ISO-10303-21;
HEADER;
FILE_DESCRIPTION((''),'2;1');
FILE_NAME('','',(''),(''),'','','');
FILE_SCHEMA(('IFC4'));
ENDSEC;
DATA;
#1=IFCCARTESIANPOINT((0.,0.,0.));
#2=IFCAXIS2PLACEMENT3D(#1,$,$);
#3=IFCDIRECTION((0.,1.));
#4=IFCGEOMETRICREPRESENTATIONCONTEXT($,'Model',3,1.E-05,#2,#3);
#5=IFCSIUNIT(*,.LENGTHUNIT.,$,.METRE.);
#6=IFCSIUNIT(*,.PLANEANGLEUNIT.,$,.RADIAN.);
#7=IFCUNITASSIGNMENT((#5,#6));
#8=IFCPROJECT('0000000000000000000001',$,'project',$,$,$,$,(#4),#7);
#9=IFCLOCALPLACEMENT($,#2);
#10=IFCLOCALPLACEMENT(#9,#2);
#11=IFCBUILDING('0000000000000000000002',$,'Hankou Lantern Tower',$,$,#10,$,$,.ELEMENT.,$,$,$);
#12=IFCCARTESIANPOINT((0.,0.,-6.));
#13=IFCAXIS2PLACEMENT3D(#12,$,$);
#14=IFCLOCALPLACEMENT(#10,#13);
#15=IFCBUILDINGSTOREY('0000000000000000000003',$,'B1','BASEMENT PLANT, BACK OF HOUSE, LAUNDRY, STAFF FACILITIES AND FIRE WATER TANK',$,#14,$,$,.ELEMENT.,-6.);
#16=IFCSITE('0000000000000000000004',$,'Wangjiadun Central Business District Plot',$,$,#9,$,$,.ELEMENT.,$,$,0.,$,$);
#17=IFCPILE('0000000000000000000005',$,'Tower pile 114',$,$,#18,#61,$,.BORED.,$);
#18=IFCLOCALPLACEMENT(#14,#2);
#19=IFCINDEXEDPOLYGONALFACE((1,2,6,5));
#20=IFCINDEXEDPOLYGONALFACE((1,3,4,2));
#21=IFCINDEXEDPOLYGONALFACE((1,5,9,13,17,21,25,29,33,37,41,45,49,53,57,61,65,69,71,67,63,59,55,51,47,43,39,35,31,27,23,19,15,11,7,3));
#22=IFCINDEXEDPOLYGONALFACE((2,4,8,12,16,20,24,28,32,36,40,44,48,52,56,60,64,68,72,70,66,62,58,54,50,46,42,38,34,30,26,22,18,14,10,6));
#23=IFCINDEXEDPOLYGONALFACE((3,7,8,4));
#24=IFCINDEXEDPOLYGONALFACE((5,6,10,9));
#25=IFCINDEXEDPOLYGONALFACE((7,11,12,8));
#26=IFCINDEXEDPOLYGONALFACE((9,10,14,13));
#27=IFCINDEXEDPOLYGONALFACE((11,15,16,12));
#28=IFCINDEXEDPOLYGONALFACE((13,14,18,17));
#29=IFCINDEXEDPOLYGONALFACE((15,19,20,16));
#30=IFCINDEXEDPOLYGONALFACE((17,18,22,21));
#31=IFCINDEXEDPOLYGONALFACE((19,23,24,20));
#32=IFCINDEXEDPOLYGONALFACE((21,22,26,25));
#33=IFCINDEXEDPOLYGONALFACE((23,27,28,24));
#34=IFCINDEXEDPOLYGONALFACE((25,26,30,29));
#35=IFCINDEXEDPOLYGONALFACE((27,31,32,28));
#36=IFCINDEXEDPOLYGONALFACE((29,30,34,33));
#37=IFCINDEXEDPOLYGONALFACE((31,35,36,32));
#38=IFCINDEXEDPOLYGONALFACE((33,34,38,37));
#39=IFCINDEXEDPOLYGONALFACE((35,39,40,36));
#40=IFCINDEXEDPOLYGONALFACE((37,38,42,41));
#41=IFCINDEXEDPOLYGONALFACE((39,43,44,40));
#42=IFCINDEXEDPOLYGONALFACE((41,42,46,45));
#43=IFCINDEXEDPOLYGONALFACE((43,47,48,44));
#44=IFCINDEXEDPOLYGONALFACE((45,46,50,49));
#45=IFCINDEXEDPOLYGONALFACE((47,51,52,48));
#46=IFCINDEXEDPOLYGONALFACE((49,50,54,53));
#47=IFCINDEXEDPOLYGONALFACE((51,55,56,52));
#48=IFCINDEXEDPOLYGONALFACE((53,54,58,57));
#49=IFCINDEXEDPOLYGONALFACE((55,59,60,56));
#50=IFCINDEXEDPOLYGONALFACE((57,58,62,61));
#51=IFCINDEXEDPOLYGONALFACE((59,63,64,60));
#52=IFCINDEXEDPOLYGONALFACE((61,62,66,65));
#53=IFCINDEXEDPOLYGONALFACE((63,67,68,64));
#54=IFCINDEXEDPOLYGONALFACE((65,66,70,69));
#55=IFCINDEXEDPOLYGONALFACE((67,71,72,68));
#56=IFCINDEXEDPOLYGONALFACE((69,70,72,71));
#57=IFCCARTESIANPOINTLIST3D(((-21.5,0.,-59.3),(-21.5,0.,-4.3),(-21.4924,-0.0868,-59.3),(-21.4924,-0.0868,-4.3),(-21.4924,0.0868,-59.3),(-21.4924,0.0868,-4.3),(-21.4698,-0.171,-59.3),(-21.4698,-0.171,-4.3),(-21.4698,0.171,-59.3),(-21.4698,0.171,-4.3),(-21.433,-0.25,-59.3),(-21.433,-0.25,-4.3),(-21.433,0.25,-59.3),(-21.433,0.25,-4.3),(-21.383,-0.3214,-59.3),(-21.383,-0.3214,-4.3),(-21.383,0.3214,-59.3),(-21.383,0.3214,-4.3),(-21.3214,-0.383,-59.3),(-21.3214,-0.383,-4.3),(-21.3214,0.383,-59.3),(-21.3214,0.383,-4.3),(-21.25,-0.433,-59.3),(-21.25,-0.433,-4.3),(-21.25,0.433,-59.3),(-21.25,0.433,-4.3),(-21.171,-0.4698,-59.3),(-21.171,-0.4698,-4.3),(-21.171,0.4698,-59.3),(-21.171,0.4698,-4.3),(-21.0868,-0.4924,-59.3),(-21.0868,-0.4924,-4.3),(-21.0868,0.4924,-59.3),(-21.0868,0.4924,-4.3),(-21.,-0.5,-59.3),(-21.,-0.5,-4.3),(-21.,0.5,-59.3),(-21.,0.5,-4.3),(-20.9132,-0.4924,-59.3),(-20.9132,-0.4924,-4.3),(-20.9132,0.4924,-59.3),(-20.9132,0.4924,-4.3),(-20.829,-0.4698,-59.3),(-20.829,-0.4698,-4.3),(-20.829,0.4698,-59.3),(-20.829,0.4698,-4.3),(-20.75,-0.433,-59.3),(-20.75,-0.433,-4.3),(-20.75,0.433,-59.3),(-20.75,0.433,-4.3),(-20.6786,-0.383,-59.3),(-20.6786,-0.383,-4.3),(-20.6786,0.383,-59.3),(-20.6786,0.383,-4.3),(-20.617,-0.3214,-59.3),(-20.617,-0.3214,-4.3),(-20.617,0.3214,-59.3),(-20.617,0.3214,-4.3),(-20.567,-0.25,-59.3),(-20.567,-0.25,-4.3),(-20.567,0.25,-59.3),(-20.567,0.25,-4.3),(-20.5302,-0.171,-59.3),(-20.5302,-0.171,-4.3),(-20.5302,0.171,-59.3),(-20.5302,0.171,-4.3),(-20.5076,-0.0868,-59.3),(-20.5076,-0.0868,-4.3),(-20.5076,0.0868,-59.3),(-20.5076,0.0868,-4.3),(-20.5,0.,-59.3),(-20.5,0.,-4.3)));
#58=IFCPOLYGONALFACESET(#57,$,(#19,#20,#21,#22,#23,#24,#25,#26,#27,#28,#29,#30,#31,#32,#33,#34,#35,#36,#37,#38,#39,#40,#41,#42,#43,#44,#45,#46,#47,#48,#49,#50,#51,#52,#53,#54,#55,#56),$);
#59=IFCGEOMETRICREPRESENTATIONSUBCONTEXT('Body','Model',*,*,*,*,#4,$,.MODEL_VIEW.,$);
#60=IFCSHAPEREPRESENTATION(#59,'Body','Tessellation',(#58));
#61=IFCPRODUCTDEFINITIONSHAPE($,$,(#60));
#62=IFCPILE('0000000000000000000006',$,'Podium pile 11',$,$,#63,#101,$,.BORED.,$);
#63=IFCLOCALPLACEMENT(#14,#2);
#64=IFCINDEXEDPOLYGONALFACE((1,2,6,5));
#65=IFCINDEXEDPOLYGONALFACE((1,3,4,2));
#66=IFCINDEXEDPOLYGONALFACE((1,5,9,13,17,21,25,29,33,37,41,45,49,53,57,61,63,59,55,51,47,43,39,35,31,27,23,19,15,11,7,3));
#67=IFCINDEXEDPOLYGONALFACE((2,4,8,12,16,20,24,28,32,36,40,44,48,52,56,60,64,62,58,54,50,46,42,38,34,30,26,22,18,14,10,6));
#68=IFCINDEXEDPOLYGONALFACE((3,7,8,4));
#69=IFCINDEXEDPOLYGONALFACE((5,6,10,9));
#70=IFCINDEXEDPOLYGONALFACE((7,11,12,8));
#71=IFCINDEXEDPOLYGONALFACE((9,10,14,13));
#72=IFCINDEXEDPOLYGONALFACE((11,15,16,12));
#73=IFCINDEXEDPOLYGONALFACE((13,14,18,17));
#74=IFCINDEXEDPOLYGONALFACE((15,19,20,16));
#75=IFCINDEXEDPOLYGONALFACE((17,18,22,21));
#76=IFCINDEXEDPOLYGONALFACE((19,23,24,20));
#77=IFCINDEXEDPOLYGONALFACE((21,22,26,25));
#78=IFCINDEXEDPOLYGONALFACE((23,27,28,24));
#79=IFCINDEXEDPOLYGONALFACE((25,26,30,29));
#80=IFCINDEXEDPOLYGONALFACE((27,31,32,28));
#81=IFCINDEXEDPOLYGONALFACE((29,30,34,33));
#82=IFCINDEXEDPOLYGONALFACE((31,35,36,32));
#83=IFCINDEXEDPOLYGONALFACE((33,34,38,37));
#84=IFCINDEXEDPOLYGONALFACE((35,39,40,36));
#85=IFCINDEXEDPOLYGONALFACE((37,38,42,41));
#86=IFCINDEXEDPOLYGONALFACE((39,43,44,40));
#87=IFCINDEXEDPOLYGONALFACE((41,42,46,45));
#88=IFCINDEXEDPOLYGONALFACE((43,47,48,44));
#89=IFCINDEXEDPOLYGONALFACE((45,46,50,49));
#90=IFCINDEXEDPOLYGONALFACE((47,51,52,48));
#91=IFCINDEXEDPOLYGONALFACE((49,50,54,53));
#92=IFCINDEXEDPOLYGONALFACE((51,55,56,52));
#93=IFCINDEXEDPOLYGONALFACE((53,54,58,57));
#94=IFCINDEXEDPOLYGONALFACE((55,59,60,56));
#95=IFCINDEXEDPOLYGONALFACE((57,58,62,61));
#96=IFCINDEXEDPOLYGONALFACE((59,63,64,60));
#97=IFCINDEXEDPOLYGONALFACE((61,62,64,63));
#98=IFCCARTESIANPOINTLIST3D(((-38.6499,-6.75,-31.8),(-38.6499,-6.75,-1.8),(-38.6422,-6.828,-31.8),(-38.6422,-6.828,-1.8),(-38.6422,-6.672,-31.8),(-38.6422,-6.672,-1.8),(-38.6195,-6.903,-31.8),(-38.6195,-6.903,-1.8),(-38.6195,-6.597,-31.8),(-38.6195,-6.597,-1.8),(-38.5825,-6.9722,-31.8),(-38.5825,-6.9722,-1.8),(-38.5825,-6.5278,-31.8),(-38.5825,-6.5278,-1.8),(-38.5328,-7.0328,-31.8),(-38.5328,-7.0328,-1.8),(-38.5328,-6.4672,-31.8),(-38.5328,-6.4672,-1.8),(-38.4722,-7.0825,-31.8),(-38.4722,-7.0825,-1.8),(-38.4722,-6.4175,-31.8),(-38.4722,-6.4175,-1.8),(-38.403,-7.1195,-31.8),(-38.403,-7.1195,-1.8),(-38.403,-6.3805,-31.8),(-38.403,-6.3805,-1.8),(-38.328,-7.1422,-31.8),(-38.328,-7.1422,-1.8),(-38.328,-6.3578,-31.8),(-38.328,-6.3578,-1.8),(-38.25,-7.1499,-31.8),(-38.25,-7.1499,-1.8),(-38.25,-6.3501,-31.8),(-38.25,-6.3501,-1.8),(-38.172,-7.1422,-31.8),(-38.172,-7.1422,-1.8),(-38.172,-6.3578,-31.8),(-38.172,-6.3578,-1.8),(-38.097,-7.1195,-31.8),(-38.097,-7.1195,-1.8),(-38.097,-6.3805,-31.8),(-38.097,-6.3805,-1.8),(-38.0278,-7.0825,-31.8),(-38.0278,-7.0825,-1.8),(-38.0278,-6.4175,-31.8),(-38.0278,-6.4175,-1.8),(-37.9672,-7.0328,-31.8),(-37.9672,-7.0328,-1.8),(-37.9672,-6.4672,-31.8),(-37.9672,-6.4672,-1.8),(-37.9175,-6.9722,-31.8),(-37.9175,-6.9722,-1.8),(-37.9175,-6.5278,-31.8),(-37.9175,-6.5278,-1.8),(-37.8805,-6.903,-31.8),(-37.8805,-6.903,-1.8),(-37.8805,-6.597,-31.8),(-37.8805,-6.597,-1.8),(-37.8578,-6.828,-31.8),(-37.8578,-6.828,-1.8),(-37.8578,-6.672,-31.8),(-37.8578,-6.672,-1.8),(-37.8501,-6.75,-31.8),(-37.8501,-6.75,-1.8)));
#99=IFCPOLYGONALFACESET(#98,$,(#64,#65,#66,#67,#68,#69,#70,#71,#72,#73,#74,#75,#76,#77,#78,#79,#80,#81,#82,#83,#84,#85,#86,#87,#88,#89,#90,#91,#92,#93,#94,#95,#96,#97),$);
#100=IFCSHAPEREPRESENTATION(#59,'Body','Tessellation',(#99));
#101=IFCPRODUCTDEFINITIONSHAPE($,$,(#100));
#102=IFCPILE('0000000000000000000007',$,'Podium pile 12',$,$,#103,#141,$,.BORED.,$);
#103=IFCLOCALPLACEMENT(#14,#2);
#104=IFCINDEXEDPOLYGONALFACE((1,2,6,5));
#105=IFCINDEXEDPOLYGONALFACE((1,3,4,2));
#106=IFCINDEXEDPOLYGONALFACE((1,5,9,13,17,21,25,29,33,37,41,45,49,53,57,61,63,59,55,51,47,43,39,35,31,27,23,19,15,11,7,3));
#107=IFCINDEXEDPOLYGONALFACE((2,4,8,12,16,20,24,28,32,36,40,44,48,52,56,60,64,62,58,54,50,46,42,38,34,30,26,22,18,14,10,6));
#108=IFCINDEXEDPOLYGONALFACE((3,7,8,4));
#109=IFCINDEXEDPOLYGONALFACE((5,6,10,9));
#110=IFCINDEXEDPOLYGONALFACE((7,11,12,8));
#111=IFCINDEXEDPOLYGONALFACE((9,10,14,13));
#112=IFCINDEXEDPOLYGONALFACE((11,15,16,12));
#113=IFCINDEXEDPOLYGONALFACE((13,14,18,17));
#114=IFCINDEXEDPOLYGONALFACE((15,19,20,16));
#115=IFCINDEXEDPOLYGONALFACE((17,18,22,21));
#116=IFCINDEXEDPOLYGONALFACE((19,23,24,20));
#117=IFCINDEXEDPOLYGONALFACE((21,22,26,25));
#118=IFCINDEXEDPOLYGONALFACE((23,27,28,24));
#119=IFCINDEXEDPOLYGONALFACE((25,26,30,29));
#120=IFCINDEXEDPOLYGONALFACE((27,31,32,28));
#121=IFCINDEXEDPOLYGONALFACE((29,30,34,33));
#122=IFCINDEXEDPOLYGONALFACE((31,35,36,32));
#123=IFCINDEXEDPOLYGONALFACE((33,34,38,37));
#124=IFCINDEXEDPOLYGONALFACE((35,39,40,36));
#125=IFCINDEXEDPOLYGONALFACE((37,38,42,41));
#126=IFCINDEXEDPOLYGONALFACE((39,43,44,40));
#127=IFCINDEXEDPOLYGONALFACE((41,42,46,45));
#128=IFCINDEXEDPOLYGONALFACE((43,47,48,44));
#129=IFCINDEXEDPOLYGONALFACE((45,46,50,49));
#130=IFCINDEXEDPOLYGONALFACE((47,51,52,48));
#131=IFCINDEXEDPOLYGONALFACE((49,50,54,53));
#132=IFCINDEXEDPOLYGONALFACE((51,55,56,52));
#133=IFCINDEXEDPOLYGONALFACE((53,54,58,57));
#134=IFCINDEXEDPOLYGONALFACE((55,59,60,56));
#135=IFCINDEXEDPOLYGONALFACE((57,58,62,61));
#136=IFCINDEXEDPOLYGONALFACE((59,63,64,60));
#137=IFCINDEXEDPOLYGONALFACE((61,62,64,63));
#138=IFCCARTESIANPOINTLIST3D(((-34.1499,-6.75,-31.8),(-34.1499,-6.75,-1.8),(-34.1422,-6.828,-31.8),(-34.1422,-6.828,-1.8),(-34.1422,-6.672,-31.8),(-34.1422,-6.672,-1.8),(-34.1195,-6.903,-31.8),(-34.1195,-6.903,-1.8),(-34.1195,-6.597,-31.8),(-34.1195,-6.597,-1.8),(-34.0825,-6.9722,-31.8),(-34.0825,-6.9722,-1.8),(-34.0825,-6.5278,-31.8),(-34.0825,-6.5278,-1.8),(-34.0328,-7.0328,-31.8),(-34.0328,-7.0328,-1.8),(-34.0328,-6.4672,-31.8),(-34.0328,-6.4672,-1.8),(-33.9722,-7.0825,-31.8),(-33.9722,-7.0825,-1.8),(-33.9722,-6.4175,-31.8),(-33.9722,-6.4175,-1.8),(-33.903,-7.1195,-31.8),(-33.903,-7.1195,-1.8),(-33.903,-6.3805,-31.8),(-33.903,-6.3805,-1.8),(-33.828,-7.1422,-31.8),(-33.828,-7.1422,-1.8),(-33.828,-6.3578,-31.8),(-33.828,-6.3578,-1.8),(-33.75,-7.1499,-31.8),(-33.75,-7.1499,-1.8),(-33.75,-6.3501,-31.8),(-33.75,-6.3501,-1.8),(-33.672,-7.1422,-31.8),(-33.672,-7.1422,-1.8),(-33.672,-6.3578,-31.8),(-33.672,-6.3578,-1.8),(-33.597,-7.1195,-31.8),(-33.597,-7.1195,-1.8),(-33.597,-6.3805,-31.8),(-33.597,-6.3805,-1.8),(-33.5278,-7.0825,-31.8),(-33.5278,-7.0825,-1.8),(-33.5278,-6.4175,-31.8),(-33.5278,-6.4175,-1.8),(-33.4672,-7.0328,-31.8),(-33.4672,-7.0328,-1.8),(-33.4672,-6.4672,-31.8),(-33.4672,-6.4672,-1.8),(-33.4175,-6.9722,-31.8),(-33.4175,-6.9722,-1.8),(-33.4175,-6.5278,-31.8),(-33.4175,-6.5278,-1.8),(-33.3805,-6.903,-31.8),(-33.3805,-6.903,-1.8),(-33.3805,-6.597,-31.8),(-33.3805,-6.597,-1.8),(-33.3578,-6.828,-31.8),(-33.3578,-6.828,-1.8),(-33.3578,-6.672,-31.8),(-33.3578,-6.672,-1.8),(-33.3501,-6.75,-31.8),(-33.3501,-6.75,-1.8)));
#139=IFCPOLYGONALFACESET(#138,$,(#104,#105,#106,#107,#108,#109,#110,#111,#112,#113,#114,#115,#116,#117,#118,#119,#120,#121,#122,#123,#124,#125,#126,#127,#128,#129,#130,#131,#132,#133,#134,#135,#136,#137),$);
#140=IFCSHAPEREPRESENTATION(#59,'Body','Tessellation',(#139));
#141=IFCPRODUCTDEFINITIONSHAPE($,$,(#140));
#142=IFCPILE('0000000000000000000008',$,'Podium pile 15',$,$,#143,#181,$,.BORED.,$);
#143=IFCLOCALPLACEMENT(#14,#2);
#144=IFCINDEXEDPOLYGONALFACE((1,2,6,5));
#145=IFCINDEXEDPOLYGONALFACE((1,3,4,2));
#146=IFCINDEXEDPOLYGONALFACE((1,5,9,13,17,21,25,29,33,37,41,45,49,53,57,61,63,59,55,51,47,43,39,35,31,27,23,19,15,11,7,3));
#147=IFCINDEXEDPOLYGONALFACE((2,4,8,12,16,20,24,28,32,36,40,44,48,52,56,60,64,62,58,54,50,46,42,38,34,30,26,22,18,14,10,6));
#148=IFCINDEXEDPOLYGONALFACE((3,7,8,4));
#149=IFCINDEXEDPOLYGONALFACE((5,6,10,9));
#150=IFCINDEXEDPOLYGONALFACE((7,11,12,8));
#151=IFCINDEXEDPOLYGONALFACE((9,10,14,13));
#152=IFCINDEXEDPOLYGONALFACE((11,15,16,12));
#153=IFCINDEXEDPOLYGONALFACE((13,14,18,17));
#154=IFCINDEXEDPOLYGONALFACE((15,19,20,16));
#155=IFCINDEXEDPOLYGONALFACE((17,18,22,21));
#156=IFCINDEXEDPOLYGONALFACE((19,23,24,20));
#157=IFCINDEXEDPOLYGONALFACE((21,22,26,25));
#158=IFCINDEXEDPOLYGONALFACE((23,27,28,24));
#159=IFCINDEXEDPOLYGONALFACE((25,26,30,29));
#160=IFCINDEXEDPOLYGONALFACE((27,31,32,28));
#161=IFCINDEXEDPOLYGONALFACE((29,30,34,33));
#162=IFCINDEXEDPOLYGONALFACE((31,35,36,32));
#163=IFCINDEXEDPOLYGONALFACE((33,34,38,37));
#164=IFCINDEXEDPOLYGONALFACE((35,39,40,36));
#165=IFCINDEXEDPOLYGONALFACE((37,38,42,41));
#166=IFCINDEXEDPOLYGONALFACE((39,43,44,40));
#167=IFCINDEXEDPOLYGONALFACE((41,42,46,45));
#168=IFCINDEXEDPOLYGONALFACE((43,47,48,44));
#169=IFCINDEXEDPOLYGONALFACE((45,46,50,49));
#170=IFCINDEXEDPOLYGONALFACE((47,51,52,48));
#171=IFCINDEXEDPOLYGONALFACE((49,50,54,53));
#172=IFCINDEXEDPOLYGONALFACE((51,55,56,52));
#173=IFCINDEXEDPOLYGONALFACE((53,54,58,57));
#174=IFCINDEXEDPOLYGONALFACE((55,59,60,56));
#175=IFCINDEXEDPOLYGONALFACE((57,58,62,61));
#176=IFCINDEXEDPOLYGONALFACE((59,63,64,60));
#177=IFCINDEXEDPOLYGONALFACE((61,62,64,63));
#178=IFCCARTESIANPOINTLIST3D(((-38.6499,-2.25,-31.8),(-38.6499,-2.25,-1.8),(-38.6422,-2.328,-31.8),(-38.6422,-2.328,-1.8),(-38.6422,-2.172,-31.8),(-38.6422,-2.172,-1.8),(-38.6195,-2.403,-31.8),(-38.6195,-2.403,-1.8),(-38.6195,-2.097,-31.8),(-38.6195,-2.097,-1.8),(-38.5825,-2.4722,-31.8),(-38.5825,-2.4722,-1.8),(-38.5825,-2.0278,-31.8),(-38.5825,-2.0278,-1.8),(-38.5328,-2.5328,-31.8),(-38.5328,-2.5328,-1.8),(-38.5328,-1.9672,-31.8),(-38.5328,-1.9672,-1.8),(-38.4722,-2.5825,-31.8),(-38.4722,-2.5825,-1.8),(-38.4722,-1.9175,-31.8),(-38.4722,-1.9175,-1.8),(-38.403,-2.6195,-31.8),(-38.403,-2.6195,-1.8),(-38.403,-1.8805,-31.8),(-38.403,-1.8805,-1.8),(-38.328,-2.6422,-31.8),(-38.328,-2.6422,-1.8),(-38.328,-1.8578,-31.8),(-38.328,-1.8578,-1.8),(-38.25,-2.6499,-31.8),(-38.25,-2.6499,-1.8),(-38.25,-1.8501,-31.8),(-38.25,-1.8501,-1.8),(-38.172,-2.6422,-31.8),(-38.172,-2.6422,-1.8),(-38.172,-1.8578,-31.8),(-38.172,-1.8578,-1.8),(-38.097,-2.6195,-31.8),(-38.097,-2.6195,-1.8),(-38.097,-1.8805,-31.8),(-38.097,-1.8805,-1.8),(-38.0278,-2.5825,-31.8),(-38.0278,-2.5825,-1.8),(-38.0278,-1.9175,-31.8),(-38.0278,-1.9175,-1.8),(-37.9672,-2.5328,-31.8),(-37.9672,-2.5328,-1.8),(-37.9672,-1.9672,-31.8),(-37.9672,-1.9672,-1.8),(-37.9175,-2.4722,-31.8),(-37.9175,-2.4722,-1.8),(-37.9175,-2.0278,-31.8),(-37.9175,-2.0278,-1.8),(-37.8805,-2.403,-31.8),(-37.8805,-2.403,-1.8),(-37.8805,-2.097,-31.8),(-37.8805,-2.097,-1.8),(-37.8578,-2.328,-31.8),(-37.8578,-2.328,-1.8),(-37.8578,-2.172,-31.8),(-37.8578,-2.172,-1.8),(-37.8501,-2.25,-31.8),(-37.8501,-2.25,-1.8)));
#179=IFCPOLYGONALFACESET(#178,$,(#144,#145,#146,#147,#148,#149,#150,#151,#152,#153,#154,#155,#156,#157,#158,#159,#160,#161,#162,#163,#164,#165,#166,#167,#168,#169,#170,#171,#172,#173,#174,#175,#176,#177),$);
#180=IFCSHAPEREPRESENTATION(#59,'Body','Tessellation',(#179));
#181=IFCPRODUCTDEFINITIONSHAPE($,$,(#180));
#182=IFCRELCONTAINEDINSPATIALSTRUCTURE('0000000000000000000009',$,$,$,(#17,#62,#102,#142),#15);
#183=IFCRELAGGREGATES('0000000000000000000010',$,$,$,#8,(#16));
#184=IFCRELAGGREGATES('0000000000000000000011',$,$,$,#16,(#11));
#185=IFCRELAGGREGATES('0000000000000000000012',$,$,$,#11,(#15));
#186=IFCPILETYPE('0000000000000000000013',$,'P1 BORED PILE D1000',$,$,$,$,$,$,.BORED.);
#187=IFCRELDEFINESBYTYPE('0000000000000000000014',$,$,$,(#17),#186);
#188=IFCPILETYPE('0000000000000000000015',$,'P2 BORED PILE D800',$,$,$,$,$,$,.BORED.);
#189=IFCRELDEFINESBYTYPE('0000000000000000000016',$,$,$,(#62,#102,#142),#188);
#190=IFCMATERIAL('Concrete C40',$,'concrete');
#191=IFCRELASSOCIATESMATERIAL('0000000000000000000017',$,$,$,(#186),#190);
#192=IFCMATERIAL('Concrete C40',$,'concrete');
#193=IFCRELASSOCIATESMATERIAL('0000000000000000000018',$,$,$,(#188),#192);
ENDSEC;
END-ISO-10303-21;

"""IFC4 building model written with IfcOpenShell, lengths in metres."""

from ifc_helpers import new_model, si_unit, direction, frame, origin, origin_2d, place, context, subcontext, project, spatial, circle, extrude, material, material_profile, profile_set, type_object, element, save


model = new_model("IFC4")

# Units and contexts
model_context = context("Model", 3, precision=1e-05, world=origin(), true_north=direction((0.0, 1.0)))
body_context = subcontext(model_context, "Body", "Model", "MODEL_VIEW")
ifc_project = project(units=[si_unit("LENGTHUNIT", "METRE"), si_unit("PLANEANGLEUNIT", "RADIAN")], contexts=[model_context])

# Site, building, storey
site_placement = place(None, origin())
site = spatial("IfcSite", under=ifc_project, at=site_placement, Name="Wangjiadun Central Business District Plot", CompositionType="ELEMENT", RefElevation=0.0)
building_placement = place(site_placement, origin())
building = spatial("IfcBuilding", under=site, at=building_placement, Name="Hankou Lantern Tower", CompositionType="ELEMENT")
storey_placement = place(building_placement, frame((0.0, 0.0, -6.0)))
storey = spatial("IfcBuildingStorey", under=building, at=storey_placement, Name="B1", Description="BASEMENT PLANT, BACK OF HOUSE, LAUNDRY, STAFF FACILITIES AND FIRE WATER TANK", CompositionType="ELEMENT", Elevation=-6.0)

# Piles
ifc_material_1 = material(Name="Concrete C40", Category="concrete")
ifc_material_profile_1 = material_profile(ifc_material_1, circle(Radius=0.5, at=origin_2d()), Name="RC D1000")
ifc_profile_set_1 = profile_set([ifc_material_profile_1], Name="Concrete C40")
pile_type_1 = type_object("IfcPileType", Name="P1 BORED PILE D1000", PredefinedType="BORED", material=ifc_profile_set_1)
for number, where, z_axis, x_axis, name in (
    (1, (-21.0, 0.0, -4.3), (0.0, 0.0, -1.0), (1.0, 0.0, 0.0), "Tower pile 114"),
):
    element("IfcPile", number, at=place(storey_placement, frame(where, z_axis=z_axis, x_axis=x_axis)), inside=storey, type_object=pile_type_1, Name=name, PredefinedType="BORED", context=body_context, shape_type="SweptSolid", body=[
        extrude(circle(Radius=0.5, at=origin_2d()), origin(), (0.0, 0.0, 1.0), 55.0),
    ])
ifc_material_2 = material(Name="Concrete C40", Category="concrete")
ifc_material_profile_2 = material_profile(ifc_material_2, circle(Radius=0.3999, at=origin_2d()), Name="RC D800")
ifc_profile_set_2 = profile_set([ifc_material_profile_2], Name="Concrete C40")
pile_type_2 = type_object("IfcPileType", Name="P2 BORED PILE D800", PredefinedType="BORED", material=ifc_profile_set_2)
for number, where, z_axis, x_axis, name in (
    (2, (-38.25, -6.75, -1.8), (0.0, 0.0, -1.0), (1.0, 0.0, 0.0), "Podium pile 11"),
    (3, (-33.75, -6.75, -1.8), (0.0, 0.0, -1.0), (1.0, 0.0, 0.0), "Podium pile 12"),
    (4, (-38.25, -2.25, -1.8), (0.0, 0.0, -1.0), (1.0, 0.0, 0.0), "Podium pile 15"),
):
    element("IfcPile", number, at=place(storey_placement, frame(where, z_axis=z_axis, x_axis=x_axis)), inside=storey, type_object=pile_type_2, Name=name, PredefinedType="BORED", context=body_context, shape_type="SweptSolid", body=[
        extrude(circle(Radius=0.3999, at=origin_2d()), origin(), (0.0, 0.0, 1.0), 30.0),
    ])

save(model, "model.ifc")
